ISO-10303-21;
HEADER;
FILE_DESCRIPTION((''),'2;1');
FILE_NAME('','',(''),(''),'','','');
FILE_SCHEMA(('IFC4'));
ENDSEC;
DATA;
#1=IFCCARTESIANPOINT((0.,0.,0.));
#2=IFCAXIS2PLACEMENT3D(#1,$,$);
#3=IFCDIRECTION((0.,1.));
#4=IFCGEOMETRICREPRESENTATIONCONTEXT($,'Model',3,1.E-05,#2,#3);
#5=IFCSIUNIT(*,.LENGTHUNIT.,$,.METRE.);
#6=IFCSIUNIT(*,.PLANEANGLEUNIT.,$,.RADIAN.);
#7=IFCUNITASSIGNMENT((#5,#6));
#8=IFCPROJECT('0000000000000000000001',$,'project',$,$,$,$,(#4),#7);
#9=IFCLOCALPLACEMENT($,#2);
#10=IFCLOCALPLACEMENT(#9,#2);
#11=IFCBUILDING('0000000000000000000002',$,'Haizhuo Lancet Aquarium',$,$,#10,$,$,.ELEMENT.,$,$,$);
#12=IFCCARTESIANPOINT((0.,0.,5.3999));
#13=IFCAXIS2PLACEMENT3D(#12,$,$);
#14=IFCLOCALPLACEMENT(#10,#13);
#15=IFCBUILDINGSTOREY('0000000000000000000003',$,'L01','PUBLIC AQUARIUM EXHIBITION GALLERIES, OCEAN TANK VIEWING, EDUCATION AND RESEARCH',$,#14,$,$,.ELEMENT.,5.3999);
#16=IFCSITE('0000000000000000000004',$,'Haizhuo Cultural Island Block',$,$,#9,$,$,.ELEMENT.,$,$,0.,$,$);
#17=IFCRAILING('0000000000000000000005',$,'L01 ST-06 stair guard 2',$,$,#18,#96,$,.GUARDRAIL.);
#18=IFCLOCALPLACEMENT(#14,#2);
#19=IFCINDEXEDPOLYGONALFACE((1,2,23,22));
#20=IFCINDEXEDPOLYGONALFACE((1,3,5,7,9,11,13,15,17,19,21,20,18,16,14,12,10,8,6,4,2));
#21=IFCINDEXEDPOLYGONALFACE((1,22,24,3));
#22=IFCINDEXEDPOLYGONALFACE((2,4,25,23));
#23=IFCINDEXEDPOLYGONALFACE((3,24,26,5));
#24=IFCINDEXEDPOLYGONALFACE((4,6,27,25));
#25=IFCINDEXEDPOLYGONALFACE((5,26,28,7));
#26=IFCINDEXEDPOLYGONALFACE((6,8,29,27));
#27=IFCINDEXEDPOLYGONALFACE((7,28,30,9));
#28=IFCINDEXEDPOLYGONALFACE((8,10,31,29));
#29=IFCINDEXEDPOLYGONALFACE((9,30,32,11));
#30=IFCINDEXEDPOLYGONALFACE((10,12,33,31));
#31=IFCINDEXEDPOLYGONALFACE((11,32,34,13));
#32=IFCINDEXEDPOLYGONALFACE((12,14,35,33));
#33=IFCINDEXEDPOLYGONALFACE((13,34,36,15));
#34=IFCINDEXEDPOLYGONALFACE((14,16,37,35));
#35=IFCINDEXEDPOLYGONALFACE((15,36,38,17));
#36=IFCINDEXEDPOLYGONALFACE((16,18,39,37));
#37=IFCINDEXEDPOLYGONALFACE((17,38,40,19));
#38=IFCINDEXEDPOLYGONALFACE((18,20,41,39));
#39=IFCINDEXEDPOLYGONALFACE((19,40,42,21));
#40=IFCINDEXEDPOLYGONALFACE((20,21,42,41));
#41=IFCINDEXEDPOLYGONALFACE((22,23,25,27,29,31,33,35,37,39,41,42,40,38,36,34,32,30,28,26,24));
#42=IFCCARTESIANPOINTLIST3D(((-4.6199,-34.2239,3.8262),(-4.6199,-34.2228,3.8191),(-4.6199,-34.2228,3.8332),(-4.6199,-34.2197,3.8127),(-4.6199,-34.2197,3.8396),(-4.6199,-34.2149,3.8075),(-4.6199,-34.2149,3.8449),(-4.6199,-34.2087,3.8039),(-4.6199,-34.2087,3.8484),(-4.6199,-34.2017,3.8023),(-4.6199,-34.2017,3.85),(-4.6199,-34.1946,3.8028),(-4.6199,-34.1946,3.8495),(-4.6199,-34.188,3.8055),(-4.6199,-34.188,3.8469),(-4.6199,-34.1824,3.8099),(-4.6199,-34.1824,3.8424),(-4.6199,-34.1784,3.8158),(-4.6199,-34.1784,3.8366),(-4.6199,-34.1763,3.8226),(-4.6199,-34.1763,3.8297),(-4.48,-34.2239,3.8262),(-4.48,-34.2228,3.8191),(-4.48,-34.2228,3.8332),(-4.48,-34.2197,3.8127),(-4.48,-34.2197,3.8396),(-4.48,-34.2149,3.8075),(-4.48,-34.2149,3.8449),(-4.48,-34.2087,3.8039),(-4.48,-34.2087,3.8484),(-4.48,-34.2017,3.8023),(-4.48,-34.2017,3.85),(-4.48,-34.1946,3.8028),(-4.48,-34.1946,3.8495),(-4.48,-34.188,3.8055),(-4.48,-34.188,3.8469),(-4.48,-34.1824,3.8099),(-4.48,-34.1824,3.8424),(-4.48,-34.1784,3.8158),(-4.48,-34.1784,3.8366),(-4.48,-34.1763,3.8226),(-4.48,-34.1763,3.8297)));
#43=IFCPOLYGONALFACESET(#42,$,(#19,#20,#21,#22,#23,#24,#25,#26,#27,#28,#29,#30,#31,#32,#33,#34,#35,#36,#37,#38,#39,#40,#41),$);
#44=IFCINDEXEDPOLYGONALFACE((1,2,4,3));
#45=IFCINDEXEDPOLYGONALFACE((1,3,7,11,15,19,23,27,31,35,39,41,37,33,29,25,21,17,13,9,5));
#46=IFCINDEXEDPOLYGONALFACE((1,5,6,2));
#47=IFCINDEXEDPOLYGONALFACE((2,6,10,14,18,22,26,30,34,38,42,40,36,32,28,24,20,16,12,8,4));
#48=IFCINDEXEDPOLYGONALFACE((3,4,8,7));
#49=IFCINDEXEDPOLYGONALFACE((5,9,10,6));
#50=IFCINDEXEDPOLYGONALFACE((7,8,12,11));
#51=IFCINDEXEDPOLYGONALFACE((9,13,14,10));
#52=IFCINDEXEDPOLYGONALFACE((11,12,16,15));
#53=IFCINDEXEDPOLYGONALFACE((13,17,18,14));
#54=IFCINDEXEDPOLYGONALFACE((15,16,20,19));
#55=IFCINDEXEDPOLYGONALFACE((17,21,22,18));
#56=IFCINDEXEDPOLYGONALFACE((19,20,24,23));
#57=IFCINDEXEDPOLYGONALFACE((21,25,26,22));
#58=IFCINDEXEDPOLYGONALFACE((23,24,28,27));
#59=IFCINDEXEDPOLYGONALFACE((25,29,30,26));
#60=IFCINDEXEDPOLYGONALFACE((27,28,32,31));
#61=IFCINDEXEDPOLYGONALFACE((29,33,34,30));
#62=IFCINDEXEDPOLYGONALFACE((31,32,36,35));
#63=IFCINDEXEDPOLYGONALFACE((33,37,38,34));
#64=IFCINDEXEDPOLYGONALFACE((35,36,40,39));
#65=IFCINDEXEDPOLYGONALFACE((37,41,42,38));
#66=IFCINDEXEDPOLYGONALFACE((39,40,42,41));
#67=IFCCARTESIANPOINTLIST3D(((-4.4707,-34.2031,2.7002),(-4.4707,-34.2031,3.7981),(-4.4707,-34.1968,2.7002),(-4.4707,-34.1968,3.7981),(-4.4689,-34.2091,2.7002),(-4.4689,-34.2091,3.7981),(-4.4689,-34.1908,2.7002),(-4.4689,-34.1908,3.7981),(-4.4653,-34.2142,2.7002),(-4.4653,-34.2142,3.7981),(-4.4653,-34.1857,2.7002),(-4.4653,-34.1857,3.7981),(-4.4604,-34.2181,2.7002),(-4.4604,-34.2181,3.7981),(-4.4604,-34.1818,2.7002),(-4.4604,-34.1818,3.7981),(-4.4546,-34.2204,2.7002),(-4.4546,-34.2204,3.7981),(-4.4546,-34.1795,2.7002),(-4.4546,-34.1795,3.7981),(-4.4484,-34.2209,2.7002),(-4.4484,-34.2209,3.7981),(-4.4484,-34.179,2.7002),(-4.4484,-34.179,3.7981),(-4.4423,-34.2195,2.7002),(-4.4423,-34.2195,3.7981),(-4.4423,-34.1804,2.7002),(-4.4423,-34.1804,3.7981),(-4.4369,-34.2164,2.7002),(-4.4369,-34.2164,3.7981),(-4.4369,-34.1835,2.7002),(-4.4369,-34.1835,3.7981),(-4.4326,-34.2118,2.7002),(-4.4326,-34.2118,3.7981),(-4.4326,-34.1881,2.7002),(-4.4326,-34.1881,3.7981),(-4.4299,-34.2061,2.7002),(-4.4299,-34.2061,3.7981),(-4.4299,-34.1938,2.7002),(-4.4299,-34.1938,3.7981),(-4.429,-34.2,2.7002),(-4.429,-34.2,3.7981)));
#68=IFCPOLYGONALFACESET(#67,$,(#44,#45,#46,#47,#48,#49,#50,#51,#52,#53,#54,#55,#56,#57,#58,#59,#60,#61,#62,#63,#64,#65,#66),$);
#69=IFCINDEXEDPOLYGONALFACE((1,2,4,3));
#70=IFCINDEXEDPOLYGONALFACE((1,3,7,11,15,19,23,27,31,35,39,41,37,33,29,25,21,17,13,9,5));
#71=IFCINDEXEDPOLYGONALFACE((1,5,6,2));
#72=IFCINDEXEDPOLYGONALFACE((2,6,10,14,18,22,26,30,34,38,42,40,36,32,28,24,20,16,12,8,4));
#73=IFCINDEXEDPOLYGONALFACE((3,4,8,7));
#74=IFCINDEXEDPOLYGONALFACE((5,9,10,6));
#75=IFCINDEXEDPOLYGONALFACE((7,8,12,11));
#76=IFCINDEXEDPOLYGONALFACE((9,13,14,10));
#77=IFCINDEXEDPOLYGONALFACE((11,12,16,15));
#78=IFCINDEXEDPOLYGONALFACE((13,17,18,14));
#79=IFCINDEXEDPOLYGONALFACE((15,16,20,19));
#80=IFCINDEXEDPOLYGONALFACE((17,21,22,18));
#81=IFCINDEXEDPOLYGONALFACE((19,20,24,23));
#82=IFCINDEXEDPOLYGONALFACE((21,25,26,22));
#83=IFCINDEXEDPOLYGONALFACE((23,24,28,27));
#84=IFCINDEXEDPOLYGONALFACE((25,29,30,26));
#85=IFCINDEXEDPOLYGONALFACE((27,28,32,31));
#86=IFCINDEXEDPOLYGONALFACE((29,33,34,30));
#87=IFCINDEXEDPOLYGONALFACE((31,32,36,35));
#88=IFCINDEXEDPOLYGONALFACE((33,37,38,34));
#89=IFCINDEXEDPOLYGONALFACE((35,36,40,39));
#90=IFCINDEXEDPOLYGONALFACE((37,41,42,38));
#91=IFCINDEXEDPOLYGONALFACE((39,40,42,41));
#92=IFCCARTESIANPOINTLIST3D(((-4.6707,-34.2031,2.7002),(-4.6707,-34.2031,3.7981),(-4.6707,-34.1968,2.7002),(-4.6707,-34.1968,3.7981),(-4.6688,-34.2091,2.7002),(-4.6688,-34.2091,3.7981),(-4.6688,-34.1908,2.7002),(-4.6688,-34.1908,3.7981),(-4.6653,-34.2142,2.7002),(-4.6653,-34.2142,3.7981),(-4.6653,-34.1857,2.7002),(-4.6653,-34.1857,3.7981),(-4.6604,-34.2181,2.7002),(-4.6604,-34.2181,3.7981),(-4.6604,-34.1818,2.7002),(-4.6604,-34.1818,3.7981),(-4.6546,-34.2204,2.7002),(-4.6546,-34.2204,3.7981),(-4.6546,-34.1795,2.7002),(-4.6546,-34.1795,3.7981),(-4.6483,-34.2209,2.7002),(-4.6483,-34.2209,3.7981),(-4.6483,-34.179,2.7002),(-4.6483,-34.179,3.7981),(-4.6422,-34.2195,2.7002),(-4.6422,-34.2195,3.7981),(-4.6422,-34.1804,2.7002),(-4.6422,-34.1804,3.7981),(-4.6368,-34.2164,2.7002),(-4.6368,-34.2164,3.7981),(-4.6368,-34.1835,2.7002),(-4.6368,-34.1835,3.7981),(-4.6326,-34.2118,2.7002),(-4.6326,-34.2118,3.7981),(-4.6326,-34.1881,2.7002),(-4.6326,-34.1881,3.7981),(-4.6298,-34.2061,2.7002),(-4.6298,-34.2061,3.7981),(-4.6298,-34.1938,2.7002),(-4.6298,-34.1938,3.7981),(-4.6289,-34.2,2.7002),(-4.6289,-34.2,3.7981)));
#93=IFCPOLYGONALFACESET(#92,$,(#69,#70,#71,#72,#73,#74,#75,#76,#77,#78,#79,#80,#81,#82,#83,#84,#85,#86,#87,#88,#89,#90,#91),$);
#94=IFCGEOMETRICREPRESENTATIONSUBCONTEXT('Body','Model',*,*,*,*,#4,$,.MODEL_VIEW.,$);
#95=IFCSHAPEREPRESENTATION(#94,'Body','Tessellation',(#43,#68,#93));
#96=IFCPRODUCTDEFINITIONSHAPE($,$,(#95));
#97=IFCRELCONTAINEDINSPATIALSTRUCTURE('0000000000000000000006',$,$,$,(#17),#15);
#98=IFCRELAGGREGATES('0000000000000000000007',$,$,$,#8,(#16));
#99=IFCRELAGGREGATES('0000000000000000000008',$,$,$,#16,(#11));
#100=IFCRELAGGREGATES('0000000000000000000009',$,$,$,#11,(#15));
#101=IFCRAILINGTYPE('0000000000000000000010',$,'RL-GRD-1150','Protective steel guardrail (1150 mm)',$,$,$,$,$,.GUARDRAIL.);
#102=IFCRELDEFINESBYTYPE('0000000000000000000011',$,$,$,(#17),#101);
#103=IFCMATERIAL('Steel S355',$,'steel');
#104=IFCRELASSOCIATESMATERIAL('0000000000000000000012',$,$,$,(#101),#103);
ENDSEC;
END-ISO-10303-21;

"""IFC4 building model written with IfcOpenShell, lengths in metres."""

from ifc_helpers import new_model, si_unit, direction, frame, origin, origin_2d, place, context, subcontext, project, spatial, circle, extrude, material, type_object, element, save


model = new_model("IFC4")

# Units and contexts
model_context = context("Model", 3, precision=1e-05, world=origin(), true_north=direction((0.0, 1.0)))
body_context = subcontext(model_context, "Body", "Model", "MODEL_VIEW")
ifc_project = project(units=[si_unit("LENGTHUNIT", "METRE"), si_unit("PLANEANGLEUNIT", "RADIAN")], contexts=[model_context])

# Site, building, storey
site_placement = place(None, origin())
site = spatial("IfcSite", under=ifc_project, at=site_placement, Name="Haizhuo Cultural Island Block", CompositionType="ELEMENT", RefElevation=0.0)
building_placement = place(site_placement, origin())
building = spatial("IfcBuilding", under=site, at=building_placement, Name="Haizhuo Lancet Aquarium", CompositionType="ELEMENT")
storey_placement = place(building_placement, frame((0.0, 0.0, 5.3999)))
storey = spatial("IfcBuildingStorey", under=building, at=storey_placement, Name="L01", Description="PUBLIC AQUARIUM EXHIBITION GALLERIES, OCEAN TANK VIEWING, EDUCATION AND RESEARCH", CompositionType="ELEMENT", Elevation=5.3999)

# Shared definitions
ifc_material_1 = material(Name="Steel S355", Category="steel")

# Railing
railing_type_1 = type_object("IfcRailingType", Name="RL-GRD-1150", Description="Protective steel guardrail (1150 mm)", PredefinedType="GUARDRAIL", material=ifc_material_1)
railing_1_placement = place(storey_placement, frame((-4.45, -34.2, 2.7002)))
element("IfcRailing", 1, at=railing_1_placement, inside=storey, type_object=railing_type_1, Name="L01 ST-06 stair guard 2", PredefinedType="GUARDRAIL", context=body_context, shape_type="SweptSolid", body=[
    extrude(circle(Radius=0.0239, at=origin_2d()), frame((-0.03, 0.0, 1.126), z_axis=(-1.0, 0.0, 0.0), x_axis=(0.0, -1.0, 0.0)), (0.0, 0.0, 1.0), 0.1399),
    extrude(circle(Radius=0.021, at=origin_2d()), origin(), (0.0, 0.0, 1.0), 1.0979),
    extrude(circle(Radius=0.021, at=origin_2d()), frame((-0.2, 0.0, 0.0)), (0.0, 0.0, 1.0), 1.0979),
])

save(model, "model.ifc")
